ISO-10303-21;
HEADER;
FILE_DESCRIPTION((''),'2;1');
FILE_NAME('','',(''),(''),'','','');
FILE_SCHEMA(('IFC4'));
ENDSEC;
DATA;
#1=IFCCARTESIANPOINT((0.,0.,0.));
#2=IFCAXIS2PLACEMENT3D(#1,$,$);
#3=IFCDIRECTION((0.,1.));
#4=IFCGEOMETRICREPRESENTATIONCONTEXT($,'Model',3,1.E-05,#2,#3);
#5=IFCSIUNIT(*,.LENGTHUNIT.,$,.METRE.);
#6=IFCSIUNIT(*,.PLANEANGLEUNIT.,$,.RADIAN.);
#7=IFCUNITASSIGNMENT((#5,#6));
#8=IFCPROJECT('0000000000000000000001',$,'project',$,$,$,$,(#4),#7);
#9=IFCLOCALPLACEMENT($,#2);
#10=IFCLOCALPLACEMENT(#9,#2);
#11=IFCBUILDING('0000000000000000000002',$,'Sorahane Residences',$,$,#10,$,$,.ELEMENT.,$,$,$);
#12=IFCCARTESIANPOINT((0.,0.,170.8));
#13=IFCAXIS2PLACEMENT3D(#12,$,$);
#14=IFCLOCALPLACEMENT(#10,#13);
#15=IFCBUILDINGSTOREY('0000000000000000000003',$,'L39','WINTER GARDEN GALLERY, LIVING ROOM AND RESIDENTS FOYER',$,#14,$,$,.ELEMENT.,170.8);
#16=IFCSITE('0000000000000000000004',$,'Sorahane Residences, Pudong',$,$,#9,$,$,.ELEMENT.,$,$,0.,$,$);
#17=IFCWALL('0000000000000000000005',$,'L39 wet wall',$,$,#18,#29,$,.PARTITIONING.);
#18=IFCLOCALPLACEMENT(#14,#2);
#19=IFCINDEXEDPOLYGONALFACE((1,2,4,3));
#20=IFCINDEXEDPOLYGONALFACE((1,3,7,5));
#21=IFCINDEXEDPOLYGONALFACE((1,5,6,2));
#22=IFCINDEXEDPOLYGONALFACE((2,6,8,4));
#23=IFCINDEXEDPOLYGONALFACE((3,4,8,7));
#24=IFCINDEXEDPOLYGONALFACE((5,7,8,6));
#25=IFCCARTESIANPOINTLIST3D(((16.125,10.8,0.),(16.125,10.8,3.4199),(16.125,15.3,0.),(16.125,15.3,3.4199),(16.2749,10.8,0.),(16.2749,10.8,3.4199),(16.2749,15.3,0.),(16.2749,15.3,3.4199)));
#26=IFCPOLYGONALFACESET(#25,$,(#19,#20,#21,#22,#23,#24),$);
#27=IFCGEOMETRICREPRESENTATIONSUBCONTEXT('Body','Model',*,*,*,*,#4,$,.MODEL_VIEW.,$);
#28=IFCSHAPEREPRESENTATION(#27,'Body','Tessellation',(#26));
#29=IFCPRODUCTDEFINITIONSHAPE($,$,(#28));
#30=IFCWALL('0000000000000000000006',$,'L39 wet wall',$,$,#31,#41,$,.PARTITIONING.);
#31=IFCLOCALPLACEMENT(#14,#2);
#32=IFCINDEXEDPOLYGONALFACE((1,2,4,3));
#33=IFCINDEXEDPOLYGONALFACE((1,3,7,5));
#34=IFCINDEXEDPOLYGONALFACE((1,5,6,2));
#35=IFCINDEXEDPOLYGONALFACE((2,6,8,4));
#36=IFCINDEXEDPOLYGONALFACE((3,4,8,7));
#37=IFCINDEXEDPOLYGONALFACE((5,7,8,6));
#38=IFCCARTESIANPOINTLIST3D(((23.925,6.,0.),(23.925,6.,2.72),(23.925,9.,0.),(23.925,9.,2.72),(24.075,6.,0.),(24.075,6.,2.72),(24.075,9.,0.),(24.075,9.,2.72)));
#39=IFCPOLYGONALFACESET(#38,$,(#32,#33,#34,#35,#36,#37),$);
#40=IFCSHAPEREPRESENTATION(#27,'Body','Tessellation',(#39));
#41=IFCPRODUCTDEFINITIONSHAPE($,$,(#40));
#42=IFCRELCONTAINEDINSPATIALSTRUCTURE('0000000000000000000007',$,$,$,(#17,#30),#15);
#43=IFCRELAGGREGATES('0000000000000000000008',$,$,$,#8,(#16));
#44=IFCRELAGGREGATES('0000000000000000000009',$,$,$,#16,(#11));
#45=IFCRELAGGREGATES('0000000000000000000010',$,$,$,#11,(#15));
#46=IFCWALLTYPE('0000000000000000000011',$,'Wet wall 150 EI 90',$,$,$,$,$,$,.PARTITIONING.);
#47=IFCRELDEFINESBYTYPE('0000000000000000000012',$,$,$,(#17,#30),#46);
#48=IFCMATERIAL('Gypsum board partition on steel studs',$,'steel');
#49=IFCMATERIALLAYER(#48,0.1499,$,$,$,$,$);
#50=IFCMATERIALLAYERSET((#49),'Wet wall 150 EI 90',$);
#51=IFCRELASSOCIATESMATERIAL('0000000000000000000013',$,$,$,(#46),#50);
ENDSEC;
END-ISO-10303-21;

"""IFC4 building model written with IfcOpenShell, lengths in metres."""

from ifc_helpers import new_model, si_unit, direction, frame, frame_2d, origin, place, context, subcontext, project, spatial, rectangle, extrude, material, layer, layer_set, type_object, element, save


model = new_model("IFC4")

# Units and contexts
model_context = context("Model", 3, precision=1e-05, world=origin(), true_north=direction((0.0, 1.0)))
body_context = subcontext(model_context, "Body", "Model", "MODEL_VIEW")
ifc_project = project(units=[si_unit("LENGTHUNIT", "METRE"), si_unit("PLANEANGLEUNIT", "RADIAN")], contexts=[model_context])

# Site, building, storey
site_placement = place(None, origin())
site = spatial("IfcSite", under=ifc_project, at=site_placement, Name="Sorahane Residences, Pudong", CompositionType="ELEMENT", RefElevation=0.0)
building_placement = place(site_placement, origin())
building = spatial("IfcBuilding", under=site, at=building_placement, Name="Sorahane Residences", CompositionType="ELEMENT")
storey_placement = place(building_placement, frame((0.0, 0.0, 170.8)))
storey = spatial("IfcBuildingStorey", under=building, at=storey_placement, Name="L39", Description="WINTER GARDEN GALLERY, LIVING ROOM AND RESIDENTS FOYER", CompositionType="ELEMENT", Elevation=170.8)

# Walls
ifc_material_1 = material(Name="Gypsum board partition on steel studs", Category="steel")
ifc_layer_1 = layer(ifc_material_1, 0.1499)
ifc_layer_set_1 = layer_set([ifc_layer_1], Name="Wet wall 150 EI 90")
wall_type_1 = type_object("IfcWallType", Name="Wet wall 150 EI 90", PredefinedType="PARTITIONING", material=ifc_layer_set_1)
wall_1_placement = place(storey_placement, frame((16.2, 10.8, 0.0), z_axis=(0.0, 0.0, 1.0), x_axis=(0.0, 1.0, 0.0)))
element("IfcWall", 1, at=wall_1_placement, inside=storey, type_object=wall_type_1, Name="L39 wet wall", PredefinedType="PARTITIONING", context=body_context, shape_type="SweptSolid", body=[
    extrude(rectangle(XDim=4.5, YDim=0.1499, at=frame_2d((2.25, 0.0))), origin(), (0.0, 0.0, 1.0), 3.4199),
])
wall_2_placement = place(storey_placement, frame((24.0, 6.0, 0.0), z_axis=(0.0, 0.0, 1.0), x_axis=(0.0, 1.0, 0.0)))
element("IfcWall", 2, at=wall_2_placement, inside=storey, type_object=wall_type_1, Name="L39 wet wall", PredefinedType="PARTITIONING", context=body_context, shape_type="SweptSolid", body=[
    extrude(rectangle(XDim=3.0, YDim=0.1499, at=frame_2d((1.5, 0.0))), origin(), (0.0, 0.0, 1.0), 2.72),
])

save(model, "model.ifc")
